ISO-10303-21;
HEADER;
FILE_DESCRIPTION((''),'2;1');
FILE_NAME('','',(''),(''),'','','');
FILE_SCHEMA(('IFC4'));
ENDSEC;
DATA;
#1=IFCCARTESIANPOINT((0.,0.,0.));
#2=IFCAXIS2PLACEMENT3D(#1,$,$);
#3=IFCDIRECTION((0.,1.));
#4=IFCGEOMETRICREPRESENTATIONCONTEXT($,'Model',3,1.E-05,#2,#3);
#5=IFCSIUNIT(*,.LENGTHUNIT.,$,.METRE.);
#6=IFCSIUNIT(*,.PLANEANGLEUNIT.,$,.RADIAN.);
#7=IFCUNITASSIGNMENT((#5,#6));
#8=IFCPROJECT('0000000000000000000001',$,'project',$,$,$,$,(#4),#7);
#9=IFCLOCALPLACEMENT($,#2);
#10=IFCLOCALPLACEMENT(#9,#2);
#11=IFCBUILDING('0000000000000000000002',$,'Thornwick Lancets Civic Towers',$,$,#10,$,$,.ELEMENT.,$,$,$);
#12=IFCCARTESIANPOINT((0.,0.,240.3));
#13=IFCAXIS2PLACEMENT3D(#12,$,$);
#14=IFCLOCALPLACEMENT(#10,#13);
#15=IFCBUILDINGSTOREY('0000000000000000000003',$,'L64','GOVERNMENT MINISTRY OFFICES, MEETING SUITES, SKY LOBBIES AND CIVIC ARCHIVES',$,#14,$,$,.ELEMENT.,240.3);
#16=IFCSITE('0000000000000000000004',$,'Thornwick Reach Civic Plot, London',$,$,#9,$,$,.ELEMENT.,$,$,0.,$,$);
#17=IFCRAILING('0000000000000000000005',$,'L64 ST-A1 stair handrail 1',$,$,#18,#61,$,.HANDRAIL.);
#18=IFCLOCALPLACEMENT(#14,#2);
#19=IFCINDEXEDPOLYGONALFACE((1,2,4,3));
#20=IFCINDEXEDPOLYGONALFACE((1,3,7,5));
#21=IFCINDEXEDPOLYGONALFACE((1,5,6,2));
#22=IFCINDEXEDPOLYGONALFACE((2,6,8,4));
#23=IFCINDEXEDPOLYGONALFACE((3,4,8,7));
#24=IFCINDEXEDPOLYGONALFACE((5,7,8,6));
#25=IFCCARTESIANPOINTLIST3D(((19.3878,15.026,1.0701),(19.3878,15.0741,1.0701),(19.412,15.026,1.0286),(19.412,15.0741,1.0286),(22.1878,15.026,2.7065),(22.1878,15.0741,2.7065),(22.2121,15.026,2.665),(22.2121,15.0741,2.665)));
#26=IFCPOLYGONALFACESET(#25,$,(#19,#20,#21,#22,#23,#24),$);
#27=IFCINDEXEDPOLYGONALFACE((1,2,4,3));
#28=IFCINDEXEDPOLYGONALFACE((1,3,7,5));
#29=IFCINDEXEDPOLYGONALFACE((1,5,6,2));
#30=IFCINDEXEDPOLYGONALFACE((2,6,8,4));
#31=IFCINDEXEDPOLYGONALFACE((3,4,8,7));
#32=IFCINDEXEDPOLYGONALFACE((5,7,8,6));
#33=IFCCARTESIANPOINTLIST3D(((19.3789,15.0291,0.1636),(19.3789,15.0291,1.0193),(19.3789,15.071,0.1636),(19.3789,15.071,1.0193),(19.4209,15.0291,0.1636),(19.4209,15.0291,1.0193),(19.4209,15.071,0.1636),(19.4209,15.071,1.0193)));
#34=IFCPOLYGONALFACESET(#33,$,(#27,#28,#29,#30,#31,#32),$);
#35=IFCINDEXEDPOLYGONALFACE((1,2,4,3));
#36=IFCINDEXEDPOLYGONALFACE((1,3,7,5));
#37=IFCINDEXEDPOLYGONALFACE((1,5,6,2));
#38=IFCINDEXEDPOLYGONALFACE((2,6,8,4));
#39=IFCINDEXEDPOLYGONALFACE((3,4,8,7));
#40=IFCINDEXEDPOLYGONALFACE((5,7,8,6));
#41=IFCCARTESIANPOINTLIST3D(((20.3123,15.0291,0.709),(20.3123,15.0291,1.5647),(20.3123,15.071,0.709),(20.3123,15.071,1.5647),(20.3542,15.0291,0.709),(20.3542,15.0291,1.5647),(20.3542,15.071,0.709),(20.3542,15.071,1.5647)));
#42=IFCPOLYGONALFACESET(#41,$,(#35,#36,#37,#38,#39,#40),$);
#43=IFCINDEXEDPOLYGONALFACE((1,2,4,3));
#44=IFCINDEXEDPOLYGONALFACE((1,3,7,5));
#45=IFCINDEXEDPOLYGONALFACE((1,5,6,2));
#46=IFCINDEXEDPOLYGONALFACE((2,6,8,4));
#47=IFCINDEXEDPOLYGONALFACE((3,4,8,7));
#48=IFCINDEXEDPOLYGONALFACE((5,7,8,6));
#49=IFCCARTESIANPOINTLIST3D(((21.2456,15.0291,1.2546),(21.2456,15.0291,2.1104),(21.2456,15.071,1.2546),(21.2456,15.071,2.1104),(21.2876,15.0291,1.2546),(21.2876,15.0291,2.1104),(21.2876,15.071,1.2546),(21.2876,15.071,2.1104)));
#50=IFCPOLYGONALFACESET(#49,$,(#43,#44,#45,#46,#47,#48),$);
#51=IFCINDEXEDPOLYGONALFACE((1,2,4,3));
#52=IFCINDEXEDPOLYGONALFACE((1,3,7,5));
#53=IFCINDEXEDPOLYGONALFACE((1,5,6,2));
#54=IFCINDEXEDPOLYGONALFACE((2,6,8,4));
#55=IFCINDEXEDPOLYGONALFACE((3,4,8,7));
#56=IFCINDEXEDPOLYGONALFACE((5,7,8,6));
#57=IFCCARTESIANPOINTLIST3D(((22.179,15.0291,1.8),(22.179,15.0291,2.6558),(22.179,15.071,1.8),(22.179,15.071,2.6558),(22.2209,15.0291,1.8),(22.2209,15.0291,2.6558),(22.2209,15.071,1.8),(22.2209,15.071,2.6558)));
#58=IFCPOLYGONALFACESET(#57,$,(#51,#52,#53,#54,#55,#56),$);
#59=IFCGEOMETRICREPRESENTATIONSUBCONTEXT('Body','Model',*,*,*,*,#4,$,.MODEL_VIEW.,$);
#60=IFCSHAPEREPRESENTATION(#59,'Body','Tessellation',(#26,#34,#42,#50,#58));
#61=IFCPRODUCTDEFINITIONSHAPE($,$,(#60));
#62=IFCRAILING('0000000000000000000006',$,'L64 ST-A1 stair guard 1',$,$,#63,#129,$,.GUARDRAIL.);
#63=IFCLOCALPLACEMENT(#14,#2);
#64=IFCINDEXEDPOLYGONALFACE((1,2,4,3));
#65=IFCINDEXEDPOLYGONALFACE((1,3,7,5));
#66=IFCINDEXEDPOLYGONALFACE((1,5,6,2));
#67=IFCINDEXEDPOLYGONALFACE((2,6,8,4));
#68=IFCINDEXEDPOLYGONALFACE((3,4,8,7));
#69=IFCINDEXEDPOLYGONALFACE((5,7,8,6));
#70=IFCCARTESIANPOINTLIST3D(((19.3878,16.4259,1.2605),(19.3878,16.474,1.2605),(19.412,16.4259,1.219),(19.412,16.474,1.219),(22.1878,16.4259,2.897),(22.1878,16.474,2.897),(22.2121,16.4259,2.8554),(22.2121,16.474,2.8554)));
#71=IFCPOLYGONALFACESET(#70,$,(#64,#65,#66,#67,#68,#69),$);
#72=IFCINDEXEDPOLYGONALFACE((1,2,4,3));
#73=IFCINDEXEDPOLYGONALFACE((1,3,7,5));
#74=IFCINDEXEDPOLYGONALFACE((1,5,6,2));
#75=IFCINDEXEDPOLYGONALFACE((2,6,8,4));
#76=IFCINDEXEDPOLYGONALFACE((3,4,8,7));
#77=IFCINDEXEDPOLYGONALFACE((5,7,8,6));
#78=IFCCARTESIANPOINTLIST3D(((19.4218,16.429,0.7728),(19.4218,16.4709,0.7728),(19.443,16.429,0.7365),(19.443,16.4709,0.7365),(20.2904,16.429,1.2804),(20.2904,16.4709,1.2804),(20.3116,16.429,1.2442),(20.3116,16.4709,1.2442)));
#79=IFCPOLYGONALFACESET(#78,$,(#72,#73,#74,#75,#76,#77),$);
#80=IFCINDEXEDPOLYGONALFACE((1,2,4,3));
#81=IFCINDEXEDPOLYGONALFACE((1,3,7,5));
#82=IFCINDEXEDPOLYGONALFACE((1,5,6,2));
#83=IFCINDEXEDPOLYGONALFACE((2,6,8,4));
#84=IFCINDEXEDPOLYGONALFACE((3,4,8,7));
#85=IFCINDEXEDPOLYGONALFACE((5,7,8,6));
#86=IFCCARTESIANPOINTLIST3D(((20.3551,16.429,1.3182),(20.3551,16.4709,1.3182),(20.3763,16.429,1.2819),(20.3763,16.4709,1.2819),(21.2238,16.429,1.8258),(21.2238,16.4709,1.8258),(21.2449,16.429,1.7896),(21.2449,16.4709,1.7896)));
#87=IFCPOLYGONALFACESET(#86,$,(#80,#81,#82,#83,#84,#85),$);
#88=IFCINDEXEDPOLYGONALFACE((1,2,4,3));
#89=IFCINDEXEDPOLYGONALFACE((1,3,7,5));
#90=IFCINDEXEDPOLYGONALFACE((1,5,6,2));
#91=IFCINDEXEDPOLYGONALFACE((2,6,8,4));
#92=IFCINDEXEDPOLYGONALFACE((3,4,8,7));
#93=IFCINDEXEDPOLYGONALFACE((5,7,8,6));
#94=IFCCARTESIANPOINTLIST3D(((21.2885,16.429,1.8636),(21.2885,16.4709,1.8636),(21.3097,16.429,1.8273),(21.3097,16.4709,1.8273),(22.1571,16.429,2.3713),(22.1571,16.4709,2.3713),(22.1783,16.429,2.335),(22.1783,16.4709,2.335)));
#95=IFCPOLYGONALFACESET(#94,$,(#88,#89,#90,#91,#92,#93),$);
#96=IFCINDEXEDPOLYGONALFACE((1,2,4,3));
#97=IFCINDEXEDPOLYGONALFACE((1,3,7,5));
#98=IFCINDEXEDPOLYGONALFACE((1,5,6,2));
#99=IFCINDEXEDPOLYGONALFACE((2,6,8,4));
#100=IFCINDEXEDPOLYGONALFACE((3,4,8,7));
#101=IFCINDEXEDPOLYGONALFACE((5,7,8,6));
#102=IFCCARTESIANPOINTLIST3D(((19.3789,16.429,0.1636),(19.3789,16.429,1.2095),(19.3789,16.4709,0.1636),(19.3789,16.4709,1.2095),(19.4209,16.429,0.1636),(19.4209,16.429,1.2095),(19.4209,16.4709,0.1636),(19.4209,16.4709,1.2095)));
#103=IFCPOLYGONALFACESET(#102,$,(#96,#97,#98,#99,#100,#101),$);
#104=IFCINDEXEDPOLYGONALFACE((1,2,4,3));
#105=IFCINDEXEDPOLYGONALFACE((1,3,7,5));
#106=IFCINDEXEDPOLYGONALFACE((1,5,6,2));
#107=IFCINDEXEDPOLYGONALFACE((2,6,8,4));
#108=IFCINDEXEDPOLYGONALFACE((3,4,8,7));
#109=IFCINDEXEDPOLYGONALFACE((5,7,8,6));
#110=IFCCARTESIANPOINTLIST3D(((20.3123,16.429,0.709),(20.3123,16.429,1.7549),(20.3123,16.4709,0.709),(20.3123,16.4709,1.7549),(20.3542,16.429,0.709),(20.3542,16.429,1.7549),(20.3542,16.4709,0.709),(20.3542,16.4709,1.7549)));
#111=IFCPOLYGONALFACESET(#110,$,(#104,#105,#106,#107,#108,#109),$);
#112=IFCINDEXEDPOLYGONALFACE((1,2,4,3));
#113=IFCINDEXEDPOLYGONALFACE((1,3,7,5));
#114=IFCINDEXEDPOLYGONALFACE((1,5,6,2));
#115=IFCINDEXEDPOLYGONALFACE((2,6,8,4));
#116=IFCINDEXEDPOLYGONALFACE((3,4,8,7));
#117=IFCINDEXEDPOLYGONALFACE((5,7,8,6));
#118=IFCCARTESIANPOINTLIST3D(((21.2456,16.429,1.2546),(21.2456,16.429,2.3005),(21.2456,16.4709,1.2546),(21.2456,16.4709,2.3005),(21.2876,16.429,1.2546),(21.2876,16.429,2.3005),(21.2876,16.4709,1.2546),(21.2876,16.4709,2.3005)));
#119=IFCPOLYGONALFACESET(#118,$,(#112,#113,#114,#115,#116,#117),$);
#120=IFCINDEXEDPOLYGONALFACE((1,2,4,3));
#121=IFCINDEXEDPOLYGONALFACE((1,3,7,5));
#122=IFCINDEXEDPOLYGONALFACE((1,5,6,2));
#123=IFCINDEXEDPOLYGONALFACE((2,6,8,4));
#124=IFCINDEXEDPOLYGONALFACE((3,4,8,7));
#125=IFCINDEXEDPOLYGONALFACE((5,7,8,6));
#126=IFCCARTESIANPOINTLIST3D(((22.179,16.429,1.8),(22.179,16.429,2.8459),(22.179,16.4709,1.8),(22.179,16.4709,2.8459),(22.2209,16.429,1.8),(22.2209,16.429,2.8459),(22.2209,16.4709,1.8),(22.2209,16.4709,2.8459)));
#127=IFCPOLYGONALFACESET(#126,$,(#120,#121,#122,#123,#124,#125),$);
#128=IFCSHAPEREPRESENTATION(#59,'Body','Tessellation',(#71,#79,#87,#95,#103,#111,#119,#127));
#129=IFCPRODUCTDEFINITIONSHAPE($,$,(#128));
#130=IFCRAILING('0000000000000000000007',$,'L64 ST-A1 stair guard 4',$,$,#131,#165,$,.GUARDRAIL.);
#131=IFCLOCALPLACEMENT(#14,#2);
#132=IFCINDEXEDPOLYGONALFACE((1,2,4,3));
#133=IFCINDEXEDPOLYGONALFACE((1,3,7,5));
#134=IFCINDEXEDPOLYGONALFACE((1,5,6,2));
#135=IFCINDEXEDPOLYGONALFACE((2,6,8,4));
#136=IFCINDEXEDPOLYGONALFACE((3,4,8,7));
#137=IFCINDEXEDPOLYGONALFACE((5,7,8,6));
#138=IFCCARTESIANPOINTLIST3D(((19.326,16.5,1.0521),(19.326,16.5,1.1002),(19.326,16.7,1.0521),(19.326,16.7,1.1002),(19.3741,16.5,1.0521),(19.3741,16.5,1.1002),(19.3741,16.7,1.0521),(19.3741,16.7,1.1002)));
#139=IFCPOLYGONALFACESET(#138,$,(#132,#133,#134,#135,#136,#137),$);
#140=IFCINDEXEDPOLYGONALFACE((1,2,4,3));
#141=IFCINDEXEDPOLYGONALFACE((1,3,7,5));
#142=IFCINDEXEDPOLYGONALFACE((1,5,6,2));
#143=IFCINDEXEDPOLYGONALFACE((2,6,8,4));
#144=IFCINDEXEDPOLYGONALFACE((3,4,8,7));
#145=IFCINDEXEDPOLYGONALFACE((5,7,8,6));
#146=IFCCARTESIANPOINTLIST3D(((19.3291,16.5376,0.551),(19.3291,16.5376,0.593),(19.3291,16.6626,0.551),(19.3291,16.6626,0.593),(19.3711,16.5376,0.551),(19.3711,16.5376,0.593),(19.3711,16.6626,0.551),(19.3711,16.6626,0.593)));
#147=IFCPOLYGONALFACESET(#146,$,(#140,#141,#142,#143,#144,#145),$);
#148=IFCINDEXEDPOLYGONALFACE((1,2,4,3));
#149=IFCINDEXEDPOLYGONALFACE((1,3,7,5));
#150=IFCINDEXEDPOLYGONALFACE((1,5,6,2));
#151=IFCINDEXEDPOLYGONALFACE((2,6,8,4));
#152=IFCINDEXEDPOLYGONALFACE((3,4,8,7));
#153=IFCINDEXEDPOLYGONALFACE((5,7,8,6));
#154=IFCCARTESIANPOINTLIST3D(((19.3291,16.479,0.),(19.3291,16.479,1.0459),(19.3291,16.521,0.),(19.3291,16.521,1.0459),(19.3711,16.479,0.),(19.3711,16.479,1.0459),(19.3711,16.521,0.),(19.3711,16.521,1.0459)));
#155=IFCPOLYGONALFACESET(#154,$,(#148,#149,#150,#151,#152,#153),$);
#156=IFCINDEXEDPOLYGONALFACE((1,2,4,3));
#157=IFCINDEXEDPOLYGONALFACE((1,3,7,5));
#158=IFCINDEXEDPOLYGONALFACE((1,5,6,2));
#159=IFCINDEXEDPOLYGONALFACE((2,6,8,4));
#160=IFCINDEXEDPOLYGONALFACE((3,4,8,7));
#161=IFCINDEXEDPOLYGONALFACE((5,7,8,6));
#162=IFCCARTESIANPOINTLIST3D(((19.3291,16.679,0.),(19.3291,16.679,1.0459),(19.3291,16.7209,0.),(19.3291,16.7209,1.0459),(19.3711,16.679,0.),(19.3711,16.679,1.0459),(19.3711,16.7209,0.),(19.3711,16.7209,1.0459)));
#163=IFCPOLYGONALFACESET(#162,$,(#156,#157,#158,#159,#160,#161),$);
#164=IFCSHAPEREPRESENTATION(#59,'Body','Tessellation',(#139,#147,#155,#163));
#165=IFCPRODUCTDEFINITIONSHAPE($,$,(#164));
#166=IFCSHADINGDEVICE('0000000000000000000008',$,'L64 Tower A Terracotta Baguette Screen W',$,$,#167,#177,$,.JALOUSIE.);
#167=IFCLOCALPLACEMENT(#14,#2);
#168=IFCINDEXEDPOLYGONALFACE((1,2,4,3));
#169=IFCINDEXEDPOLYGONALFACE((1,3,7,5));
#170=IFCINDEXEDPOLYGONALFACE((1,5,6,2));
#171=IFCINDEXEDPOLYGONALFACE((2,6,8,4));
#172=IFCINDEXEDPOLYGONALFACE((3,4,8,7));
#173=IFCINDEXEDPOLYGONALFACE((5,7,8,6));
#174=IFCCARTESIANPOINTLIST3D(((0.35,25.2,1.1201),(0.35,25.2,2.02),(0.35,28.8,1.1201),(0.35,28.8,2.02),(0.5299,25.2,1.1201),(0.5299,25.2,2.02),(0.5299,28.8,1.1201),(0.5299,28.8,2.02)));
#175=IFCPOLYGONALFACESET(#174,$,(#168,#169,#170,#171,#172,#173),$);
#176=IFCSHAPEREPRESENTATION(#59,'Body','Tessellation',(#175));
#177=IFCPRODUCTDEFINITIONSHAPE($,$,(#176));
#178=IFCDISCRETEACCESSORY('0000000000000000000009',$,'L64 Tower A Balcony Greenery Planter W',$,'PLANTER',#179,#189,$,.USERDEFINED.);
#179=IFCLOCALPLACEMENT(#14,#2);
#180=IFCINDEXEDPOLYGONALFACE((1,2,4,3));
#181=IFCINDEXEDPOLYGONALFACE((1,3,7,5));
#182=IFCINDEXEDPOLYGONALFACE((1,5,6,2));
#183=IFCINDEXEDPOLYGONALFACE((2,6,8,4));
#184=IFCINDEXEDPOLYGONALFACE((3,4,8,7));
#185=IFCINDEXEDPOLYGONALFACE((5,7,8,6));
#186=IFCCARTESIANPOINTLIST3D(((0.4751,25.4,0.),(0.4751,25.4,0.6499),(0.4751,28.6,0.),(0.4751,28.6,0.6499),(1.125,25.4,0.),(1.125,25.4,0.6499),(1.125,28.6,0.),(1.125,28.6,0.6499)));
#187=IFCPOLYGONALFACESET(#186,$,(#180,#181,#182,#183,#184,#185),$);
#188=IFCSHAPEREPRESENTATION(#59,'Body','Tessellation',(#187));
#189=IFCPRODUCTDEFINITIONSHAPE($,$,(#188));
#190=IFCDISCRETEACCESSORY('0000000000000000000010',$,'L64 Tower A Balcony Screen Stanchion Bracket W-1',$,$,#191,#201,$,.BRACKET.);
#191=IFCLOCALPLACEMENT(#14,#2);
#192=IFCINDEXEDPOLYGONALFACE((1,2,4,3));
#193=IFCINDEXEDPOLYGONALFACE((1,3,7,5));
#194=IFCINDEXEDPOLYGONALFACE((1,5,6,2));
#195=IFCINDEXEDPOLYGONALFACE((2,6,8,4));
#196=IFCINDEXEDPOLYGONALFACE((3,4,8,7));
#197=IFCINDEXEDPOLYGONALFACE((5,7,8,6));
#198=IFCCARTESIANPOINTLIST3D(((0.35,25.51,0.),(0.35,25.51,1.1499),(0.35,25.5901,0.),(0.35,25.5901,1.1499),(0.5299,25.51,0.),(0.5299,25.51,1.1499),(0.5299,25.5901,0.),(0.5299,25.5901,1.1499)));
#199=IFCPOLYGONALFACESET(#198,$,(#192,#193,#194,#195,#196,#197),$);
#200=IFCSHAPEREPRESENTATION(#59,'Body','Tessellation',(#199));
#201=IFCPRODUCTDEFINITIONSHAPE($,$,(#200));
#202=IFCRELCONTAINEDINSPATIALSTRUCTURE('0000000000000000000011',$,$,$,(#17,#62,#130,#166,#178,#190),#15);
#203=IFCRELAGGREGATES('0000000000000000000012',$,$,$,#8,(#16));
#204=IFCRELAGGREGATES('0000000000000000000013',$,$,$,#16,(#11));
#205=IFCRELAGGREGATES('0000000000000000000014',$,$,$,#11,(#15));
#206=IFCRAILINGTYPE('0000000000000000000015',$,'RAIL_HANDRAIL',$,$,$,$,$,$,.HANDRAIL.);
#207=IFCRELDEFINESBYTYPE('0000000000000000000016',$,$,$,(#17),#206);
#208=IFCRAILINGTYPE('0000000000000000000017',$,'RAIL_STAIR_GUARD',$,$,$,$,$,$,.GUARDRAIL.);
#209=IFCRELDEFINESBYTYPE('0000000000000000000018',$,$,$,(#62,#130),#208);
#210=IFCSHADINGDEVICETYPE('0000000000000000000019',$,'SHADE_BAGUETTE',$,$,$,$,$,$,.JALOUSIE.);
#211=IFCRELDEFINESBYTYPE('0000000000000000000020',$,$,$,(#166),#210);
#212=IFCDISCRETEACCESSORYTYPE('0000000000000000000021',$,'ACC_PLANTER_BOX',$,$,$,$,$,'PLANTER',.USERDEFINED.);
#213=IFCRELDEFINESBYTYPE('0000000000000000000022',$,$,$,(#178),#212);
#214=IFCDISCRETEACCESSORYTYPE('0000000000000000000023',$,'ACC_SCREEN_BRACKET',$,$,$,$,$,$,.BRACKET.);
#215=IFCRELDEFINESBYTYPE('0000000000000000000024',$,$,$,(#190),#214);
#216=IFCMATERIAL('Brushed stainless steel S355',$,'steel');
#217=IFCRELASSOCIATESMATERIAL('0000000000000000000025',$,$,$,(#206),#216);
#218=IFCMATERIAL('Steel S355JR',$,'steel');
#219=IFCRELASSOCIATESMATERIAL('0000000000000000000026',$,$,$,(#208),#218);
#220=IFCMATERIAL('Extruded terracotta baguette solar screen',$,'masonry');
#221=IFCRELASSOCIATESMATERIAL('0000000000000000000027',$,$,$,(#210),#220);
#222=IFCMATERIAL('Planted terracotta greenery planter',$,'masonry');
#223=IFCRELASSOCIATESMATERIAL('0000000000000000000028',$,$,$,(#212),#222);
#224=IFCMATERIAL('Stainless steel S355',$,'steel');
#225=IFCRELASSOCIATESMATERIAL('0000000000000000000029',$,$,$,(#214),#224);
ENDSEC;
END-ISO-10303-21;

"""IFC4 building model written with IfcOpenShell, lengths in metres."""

from ifc_helpers import new_model, si_unit, direction, frame, origin, origin_2d, place, context, subcontext, project, spatial, rectangle, extrude, material, type_object, element, save


model = new_model("IFC4")

# Units and contexts
model_context = context("Model", 3, precision=1e-05, world=origin(), true_north=direction((0.0, 1.0)))
body_context = subcontext(model_context, "Body", "Model", "MODEL_VIEW")
ifc_project = project(units=[si_unit("LENGTHUNIT", "METRE"), si_unit("PLANEANGLEUNIT", "RADIAN")], contexts=[model_context])

# Site, building, storey
site_placement = place(None, origin())
site = spatial("IfcSite", under=ifc_project, at=site_placement, Name="Thornwick Reach Civic Plot, London", CompositionType="ELEMENT", RefElevation=0.0)
building_placement = place(site_placement, origin())
building = spatial("IfcBuilding", under=site, at=building_placement, Name="Thornwick Lancets Civic Towers", CompositionType="ELEMENT")
storey_placement = place(building_placement, frame((0.0, 0.0, 240.3)))
storey = spatial("IfcBuildingStorey", under=building, at=storey_placement, Name="L64", Description="GOVERNMENT MINISTRY OFFICES, MEETING SUITES, SKY LOBBIES AND CIVIC ARCHIVES", CompositionType="ELEMENT", Elevation=240.3)

# Railings
ifc_material_1 = material(Name="Brushed stainless steel S355", Category="steel")
railing_type_1 = type_object("IfcRailingType", Name="RAIL_HANDRAIL", PredefinedType="HANDRAIL", material=ifc_material_1)
railing_1_placement = place(storey_placement, frame((19.3999, 15.05, 0.1636)))
element("IfcRailing", 1, at=railing_1_placement, inside=storey, type_object=railing_type_1, Name="L64 ST-A1 stair handrail 1", PredefinedType="HANDRAIL", context=body_context, shape_type="SweptSolid", body=[
    extrude(rectangle(XDim=0.0481, YDim=0.0481, at=origin_2d()), frame((0.0, 0.0, 0.8857), z_axis=(0.863361, 0.0, 0.504587), x_axis=(0.0, 1.0, 0.0)), (0.0, 0.0, 1.0), 3.2432),
    extrude(rectangle(XDim=0.042, YDim=0.042, at=origin_2d()), origin(), (0.0, 0.0, 1.0), 0.8557),
    extrude(rectangle(XDim=0.042, YDim=0.042, at=origin_2d()), frame((0.9333, 0.0, 0.5454)), (0.0, 0.0, 1.0), 0.8557),
    extrude(rectangle(XDim=0.042, YDim=0.042, at=origin_2d()), frame((1.8667, 0.0, 1.0911)), (0.0, 0.0, 1.0), 0.8557),
    extrude(rectangle(XDim=0.042, YDim=0.042, at=origin_2d()), frame((2.8, 0.0, 1.6365)), (0.0, 0.0, 1.0), 0.8557),
])
ifc_material_2 = material(Name="Steel S355JR", Category="steel")
railing_type_2 = type_object("IfcRailingType", Name="RAIL_STAIR_GUARD", PredefinedType="GUARDRAIL", material=ifc_material_2)
railing_2_placement = place(storey_placement, frame((19.3999, 16.45, 0.1636)))
element("IfcRailing", 2, at=railing_2_placement, inside=storey, type_object=railing_type_2, Name="L64 ST-A1 stair guard 1", PredefinedType="GUARDRAIL", context=body_context, shape_type="SweptSolid", body=[
    extrude(rectangle(XDim=0.0481, YDim=0.0481, at=origin_2d()), frame((0.0, 0.0, 1.0762), z_axis=(0.863361, 0.0, 0.504587), x_axis=(0.0, 1.0, 0.0)), (0.0, 0.0, 1.0), 3.2432),
    extrude(rectangle(XDim=0.042, YDim=0.042, at=origin_2d()), frame((0.0325, 0.0, 0.5911), z_axis=(0.863361, 0.0, 0.504587), x_axis=(0.0, 1.0, 0.0)), (0.0, 0.0, 1.0), 1.0061),
    extrude(rectangle(XDim=0.042, YDim=0.042, at=origin_2d()), frame((0.9658, 0.0, 1.1365), z_axis=(0.863361, 0.0, 0.504587), x_axis=(0.0, 1.0, 0.0)), (0.0, 0.0, 1.0), 1.0061),
    extrude(rectangle(XDim=0.042, YDim=0.042, at=origin_2d()), frame((1.8992, 0.0, 1.6819), z_axis=(0.863361, 0.0, 0.504587), x_axis=(0.0, 1.0, 0.0)), (0.0, 0.0, 1.0), 1.0061),
    extrude(rectangle(XDim=0.042, YDim=0.042, at=origin_2d()), origin(), (0.0, 0.0, 1.0), 1.0459),
    extrude(rectangle(XDim=0.042, YDim=0.042, at=origin_2d()), frame((0.9333, 0.0, 0.5454)), (0.0, 0.0, 1.0), 1.0459),
    extrude(rectangle(XDim=0.042, YDim=0.042, at=origin_2d()), frame((1.8667, 0.0, 1.0911)), (0.0, 0.0, 1.0), 1.0459),
    extrude(rectangle(XDim=0.042, YDim=0.042, at=origin_2d()), frame((2.8, 0.0, 1.6365)), (0.0, 0.0, 1.0), 1.0459),
])
railing_3_placement = place(storey_placement, frame((19.3501, 16.5, 0.0)))
element("IfcRailing", 3, at=railing_3_placement, inside=storey, type_object=railing_type_2, Name="L64 ST-A1 stair guard 4", PredefinedType="GUARDRAIL", context=body_context, shape_type="SweptSolid", body=[
    extrude(rectangle(XDim=0.0481, YDim=0.0481, at=origin_2d()), frame((0.0, 0.0, 1.0762), z_axis=(0.0, 1.0, 0.0), x_axis=(-1.0, 0.0, 0.0)), (0.0, 0.0, 1.0), 0.2),
    extrude(rectangle(XDim=0.042, YDim=0.042, at=origin_2d()), frame((0.0, 0.0376, 0.572), z_axis=(0.0, 1.0, 0.0), x_axis=(-1.0, 0.0, 0.0)), (0.0, 0.0, 1.0), 0.125),
    extrude(rectangle(XDim=0.042, YDim=0.042, at=origin_2d()), origin(), (0.0, 0.0, 1.0), 1.0459),
    extrude(rectangle(XDim=0.042, YDim=0.042, at=origin_2d()), frame((0.0, 0.2, 0.0)), (0.0, 0.0, 1.0), 1.0459),
])

# Shading device
ifc_material_3 = material(Name="Extruded terracotta baguette solar screen", Category="masonry")
shading_device_type = type_object("IfcShadingDeviceType", Name="SHADE_BAGUETTE", PredefinedType="JALOUSIE", material=ifc_material_3)
shading_device_placement = place(storey_placement, frame((0.4399, 27.0, 1.1201), z_axis=(0.0, 0.0, 1.0), x_axis=(0.0, 1.0, 0.0)))
element("IfcShadingDevice", 4, at=shading_device_placement, inside=storey, type_object=shading_device_type, Name="L64 Tower A Terracotta Baguette Screen W", PredefinedType="JALOUSIE", context=body_context, shape_type="SweptSolid", body=[
    extrude(rectangle(XDim=3.6001, YDim=0.1799, at=origin_2d()), origin(), (0.0, 0.0, 1.0), 0.8999),
])

# Discrete accessories
ifc_material_4 = material(Name="Planted terracotta greenery planter", Category="masonry")
discrete_accessory_type_1 = type_object("IfcDiscreteAccessoryType", Name="ACC_PLANTER_BOX", ElementType="PLANTER", PredefinedType="USERDEFINED", material=ifc_material_4)
discrete_accessory_1_placement = place(storey_placement, frame((0.8, 27.0, 0.0), z_axis=(0.0, 0.0, 1.0), x_axis=(1.0, 0.0, 0.0)))
element("IfcDiscreteAccessory", 5, at=discrete_accessory_1_placement, inside=storey, type_object=discrete_accessory_type_1, Name="L64 Tower A Balcony Greenery Planter W", ObjectType="PLANTER", PredefinedType="USERDEFINED", context=body_context, shape_type="SweptSolid", body=[
    extrude(rectangle(XDim=0.6499, YDim=3.2, at=origin_2d()), origin(), (0.0, 0.0, 1.0), 0.6499),
])
ifc_material_5 = material(Name="Stainless steel S355", Category="steel")
discrete_accessory_type_2 = type_object("IfcDiscreteAccessoryType", Name="ACC_SCREEN_BRACKET", PredefinedType="BRACKET", material=ifc_material_5)
discrete_accessory_2_placement = place(storey_placement, frame((0.4399, 25.55, 0.0), z_axis=(0.0, 0.0, 1.0), x_axis=(0.0, 1.0, 0.0)))
element("IfcDiscreteAccessory", 6, at=discrete_accessory_2_placement, inside=storey, type_object=discrete_accessory_type_2, Name="L64 Tower A Balcony Screen Stanchion Bracket W-1", PredefinedType="BRACKET", context=body_context, shape_type="SweptSolid", body=[
    extrude(rectangle(XDim=0.0801, YDim=0.1799, at=origin_2d()), origin(), (0.0, 0.0, 1.0), 1.1499),
])

save(model, "model.ifc")
